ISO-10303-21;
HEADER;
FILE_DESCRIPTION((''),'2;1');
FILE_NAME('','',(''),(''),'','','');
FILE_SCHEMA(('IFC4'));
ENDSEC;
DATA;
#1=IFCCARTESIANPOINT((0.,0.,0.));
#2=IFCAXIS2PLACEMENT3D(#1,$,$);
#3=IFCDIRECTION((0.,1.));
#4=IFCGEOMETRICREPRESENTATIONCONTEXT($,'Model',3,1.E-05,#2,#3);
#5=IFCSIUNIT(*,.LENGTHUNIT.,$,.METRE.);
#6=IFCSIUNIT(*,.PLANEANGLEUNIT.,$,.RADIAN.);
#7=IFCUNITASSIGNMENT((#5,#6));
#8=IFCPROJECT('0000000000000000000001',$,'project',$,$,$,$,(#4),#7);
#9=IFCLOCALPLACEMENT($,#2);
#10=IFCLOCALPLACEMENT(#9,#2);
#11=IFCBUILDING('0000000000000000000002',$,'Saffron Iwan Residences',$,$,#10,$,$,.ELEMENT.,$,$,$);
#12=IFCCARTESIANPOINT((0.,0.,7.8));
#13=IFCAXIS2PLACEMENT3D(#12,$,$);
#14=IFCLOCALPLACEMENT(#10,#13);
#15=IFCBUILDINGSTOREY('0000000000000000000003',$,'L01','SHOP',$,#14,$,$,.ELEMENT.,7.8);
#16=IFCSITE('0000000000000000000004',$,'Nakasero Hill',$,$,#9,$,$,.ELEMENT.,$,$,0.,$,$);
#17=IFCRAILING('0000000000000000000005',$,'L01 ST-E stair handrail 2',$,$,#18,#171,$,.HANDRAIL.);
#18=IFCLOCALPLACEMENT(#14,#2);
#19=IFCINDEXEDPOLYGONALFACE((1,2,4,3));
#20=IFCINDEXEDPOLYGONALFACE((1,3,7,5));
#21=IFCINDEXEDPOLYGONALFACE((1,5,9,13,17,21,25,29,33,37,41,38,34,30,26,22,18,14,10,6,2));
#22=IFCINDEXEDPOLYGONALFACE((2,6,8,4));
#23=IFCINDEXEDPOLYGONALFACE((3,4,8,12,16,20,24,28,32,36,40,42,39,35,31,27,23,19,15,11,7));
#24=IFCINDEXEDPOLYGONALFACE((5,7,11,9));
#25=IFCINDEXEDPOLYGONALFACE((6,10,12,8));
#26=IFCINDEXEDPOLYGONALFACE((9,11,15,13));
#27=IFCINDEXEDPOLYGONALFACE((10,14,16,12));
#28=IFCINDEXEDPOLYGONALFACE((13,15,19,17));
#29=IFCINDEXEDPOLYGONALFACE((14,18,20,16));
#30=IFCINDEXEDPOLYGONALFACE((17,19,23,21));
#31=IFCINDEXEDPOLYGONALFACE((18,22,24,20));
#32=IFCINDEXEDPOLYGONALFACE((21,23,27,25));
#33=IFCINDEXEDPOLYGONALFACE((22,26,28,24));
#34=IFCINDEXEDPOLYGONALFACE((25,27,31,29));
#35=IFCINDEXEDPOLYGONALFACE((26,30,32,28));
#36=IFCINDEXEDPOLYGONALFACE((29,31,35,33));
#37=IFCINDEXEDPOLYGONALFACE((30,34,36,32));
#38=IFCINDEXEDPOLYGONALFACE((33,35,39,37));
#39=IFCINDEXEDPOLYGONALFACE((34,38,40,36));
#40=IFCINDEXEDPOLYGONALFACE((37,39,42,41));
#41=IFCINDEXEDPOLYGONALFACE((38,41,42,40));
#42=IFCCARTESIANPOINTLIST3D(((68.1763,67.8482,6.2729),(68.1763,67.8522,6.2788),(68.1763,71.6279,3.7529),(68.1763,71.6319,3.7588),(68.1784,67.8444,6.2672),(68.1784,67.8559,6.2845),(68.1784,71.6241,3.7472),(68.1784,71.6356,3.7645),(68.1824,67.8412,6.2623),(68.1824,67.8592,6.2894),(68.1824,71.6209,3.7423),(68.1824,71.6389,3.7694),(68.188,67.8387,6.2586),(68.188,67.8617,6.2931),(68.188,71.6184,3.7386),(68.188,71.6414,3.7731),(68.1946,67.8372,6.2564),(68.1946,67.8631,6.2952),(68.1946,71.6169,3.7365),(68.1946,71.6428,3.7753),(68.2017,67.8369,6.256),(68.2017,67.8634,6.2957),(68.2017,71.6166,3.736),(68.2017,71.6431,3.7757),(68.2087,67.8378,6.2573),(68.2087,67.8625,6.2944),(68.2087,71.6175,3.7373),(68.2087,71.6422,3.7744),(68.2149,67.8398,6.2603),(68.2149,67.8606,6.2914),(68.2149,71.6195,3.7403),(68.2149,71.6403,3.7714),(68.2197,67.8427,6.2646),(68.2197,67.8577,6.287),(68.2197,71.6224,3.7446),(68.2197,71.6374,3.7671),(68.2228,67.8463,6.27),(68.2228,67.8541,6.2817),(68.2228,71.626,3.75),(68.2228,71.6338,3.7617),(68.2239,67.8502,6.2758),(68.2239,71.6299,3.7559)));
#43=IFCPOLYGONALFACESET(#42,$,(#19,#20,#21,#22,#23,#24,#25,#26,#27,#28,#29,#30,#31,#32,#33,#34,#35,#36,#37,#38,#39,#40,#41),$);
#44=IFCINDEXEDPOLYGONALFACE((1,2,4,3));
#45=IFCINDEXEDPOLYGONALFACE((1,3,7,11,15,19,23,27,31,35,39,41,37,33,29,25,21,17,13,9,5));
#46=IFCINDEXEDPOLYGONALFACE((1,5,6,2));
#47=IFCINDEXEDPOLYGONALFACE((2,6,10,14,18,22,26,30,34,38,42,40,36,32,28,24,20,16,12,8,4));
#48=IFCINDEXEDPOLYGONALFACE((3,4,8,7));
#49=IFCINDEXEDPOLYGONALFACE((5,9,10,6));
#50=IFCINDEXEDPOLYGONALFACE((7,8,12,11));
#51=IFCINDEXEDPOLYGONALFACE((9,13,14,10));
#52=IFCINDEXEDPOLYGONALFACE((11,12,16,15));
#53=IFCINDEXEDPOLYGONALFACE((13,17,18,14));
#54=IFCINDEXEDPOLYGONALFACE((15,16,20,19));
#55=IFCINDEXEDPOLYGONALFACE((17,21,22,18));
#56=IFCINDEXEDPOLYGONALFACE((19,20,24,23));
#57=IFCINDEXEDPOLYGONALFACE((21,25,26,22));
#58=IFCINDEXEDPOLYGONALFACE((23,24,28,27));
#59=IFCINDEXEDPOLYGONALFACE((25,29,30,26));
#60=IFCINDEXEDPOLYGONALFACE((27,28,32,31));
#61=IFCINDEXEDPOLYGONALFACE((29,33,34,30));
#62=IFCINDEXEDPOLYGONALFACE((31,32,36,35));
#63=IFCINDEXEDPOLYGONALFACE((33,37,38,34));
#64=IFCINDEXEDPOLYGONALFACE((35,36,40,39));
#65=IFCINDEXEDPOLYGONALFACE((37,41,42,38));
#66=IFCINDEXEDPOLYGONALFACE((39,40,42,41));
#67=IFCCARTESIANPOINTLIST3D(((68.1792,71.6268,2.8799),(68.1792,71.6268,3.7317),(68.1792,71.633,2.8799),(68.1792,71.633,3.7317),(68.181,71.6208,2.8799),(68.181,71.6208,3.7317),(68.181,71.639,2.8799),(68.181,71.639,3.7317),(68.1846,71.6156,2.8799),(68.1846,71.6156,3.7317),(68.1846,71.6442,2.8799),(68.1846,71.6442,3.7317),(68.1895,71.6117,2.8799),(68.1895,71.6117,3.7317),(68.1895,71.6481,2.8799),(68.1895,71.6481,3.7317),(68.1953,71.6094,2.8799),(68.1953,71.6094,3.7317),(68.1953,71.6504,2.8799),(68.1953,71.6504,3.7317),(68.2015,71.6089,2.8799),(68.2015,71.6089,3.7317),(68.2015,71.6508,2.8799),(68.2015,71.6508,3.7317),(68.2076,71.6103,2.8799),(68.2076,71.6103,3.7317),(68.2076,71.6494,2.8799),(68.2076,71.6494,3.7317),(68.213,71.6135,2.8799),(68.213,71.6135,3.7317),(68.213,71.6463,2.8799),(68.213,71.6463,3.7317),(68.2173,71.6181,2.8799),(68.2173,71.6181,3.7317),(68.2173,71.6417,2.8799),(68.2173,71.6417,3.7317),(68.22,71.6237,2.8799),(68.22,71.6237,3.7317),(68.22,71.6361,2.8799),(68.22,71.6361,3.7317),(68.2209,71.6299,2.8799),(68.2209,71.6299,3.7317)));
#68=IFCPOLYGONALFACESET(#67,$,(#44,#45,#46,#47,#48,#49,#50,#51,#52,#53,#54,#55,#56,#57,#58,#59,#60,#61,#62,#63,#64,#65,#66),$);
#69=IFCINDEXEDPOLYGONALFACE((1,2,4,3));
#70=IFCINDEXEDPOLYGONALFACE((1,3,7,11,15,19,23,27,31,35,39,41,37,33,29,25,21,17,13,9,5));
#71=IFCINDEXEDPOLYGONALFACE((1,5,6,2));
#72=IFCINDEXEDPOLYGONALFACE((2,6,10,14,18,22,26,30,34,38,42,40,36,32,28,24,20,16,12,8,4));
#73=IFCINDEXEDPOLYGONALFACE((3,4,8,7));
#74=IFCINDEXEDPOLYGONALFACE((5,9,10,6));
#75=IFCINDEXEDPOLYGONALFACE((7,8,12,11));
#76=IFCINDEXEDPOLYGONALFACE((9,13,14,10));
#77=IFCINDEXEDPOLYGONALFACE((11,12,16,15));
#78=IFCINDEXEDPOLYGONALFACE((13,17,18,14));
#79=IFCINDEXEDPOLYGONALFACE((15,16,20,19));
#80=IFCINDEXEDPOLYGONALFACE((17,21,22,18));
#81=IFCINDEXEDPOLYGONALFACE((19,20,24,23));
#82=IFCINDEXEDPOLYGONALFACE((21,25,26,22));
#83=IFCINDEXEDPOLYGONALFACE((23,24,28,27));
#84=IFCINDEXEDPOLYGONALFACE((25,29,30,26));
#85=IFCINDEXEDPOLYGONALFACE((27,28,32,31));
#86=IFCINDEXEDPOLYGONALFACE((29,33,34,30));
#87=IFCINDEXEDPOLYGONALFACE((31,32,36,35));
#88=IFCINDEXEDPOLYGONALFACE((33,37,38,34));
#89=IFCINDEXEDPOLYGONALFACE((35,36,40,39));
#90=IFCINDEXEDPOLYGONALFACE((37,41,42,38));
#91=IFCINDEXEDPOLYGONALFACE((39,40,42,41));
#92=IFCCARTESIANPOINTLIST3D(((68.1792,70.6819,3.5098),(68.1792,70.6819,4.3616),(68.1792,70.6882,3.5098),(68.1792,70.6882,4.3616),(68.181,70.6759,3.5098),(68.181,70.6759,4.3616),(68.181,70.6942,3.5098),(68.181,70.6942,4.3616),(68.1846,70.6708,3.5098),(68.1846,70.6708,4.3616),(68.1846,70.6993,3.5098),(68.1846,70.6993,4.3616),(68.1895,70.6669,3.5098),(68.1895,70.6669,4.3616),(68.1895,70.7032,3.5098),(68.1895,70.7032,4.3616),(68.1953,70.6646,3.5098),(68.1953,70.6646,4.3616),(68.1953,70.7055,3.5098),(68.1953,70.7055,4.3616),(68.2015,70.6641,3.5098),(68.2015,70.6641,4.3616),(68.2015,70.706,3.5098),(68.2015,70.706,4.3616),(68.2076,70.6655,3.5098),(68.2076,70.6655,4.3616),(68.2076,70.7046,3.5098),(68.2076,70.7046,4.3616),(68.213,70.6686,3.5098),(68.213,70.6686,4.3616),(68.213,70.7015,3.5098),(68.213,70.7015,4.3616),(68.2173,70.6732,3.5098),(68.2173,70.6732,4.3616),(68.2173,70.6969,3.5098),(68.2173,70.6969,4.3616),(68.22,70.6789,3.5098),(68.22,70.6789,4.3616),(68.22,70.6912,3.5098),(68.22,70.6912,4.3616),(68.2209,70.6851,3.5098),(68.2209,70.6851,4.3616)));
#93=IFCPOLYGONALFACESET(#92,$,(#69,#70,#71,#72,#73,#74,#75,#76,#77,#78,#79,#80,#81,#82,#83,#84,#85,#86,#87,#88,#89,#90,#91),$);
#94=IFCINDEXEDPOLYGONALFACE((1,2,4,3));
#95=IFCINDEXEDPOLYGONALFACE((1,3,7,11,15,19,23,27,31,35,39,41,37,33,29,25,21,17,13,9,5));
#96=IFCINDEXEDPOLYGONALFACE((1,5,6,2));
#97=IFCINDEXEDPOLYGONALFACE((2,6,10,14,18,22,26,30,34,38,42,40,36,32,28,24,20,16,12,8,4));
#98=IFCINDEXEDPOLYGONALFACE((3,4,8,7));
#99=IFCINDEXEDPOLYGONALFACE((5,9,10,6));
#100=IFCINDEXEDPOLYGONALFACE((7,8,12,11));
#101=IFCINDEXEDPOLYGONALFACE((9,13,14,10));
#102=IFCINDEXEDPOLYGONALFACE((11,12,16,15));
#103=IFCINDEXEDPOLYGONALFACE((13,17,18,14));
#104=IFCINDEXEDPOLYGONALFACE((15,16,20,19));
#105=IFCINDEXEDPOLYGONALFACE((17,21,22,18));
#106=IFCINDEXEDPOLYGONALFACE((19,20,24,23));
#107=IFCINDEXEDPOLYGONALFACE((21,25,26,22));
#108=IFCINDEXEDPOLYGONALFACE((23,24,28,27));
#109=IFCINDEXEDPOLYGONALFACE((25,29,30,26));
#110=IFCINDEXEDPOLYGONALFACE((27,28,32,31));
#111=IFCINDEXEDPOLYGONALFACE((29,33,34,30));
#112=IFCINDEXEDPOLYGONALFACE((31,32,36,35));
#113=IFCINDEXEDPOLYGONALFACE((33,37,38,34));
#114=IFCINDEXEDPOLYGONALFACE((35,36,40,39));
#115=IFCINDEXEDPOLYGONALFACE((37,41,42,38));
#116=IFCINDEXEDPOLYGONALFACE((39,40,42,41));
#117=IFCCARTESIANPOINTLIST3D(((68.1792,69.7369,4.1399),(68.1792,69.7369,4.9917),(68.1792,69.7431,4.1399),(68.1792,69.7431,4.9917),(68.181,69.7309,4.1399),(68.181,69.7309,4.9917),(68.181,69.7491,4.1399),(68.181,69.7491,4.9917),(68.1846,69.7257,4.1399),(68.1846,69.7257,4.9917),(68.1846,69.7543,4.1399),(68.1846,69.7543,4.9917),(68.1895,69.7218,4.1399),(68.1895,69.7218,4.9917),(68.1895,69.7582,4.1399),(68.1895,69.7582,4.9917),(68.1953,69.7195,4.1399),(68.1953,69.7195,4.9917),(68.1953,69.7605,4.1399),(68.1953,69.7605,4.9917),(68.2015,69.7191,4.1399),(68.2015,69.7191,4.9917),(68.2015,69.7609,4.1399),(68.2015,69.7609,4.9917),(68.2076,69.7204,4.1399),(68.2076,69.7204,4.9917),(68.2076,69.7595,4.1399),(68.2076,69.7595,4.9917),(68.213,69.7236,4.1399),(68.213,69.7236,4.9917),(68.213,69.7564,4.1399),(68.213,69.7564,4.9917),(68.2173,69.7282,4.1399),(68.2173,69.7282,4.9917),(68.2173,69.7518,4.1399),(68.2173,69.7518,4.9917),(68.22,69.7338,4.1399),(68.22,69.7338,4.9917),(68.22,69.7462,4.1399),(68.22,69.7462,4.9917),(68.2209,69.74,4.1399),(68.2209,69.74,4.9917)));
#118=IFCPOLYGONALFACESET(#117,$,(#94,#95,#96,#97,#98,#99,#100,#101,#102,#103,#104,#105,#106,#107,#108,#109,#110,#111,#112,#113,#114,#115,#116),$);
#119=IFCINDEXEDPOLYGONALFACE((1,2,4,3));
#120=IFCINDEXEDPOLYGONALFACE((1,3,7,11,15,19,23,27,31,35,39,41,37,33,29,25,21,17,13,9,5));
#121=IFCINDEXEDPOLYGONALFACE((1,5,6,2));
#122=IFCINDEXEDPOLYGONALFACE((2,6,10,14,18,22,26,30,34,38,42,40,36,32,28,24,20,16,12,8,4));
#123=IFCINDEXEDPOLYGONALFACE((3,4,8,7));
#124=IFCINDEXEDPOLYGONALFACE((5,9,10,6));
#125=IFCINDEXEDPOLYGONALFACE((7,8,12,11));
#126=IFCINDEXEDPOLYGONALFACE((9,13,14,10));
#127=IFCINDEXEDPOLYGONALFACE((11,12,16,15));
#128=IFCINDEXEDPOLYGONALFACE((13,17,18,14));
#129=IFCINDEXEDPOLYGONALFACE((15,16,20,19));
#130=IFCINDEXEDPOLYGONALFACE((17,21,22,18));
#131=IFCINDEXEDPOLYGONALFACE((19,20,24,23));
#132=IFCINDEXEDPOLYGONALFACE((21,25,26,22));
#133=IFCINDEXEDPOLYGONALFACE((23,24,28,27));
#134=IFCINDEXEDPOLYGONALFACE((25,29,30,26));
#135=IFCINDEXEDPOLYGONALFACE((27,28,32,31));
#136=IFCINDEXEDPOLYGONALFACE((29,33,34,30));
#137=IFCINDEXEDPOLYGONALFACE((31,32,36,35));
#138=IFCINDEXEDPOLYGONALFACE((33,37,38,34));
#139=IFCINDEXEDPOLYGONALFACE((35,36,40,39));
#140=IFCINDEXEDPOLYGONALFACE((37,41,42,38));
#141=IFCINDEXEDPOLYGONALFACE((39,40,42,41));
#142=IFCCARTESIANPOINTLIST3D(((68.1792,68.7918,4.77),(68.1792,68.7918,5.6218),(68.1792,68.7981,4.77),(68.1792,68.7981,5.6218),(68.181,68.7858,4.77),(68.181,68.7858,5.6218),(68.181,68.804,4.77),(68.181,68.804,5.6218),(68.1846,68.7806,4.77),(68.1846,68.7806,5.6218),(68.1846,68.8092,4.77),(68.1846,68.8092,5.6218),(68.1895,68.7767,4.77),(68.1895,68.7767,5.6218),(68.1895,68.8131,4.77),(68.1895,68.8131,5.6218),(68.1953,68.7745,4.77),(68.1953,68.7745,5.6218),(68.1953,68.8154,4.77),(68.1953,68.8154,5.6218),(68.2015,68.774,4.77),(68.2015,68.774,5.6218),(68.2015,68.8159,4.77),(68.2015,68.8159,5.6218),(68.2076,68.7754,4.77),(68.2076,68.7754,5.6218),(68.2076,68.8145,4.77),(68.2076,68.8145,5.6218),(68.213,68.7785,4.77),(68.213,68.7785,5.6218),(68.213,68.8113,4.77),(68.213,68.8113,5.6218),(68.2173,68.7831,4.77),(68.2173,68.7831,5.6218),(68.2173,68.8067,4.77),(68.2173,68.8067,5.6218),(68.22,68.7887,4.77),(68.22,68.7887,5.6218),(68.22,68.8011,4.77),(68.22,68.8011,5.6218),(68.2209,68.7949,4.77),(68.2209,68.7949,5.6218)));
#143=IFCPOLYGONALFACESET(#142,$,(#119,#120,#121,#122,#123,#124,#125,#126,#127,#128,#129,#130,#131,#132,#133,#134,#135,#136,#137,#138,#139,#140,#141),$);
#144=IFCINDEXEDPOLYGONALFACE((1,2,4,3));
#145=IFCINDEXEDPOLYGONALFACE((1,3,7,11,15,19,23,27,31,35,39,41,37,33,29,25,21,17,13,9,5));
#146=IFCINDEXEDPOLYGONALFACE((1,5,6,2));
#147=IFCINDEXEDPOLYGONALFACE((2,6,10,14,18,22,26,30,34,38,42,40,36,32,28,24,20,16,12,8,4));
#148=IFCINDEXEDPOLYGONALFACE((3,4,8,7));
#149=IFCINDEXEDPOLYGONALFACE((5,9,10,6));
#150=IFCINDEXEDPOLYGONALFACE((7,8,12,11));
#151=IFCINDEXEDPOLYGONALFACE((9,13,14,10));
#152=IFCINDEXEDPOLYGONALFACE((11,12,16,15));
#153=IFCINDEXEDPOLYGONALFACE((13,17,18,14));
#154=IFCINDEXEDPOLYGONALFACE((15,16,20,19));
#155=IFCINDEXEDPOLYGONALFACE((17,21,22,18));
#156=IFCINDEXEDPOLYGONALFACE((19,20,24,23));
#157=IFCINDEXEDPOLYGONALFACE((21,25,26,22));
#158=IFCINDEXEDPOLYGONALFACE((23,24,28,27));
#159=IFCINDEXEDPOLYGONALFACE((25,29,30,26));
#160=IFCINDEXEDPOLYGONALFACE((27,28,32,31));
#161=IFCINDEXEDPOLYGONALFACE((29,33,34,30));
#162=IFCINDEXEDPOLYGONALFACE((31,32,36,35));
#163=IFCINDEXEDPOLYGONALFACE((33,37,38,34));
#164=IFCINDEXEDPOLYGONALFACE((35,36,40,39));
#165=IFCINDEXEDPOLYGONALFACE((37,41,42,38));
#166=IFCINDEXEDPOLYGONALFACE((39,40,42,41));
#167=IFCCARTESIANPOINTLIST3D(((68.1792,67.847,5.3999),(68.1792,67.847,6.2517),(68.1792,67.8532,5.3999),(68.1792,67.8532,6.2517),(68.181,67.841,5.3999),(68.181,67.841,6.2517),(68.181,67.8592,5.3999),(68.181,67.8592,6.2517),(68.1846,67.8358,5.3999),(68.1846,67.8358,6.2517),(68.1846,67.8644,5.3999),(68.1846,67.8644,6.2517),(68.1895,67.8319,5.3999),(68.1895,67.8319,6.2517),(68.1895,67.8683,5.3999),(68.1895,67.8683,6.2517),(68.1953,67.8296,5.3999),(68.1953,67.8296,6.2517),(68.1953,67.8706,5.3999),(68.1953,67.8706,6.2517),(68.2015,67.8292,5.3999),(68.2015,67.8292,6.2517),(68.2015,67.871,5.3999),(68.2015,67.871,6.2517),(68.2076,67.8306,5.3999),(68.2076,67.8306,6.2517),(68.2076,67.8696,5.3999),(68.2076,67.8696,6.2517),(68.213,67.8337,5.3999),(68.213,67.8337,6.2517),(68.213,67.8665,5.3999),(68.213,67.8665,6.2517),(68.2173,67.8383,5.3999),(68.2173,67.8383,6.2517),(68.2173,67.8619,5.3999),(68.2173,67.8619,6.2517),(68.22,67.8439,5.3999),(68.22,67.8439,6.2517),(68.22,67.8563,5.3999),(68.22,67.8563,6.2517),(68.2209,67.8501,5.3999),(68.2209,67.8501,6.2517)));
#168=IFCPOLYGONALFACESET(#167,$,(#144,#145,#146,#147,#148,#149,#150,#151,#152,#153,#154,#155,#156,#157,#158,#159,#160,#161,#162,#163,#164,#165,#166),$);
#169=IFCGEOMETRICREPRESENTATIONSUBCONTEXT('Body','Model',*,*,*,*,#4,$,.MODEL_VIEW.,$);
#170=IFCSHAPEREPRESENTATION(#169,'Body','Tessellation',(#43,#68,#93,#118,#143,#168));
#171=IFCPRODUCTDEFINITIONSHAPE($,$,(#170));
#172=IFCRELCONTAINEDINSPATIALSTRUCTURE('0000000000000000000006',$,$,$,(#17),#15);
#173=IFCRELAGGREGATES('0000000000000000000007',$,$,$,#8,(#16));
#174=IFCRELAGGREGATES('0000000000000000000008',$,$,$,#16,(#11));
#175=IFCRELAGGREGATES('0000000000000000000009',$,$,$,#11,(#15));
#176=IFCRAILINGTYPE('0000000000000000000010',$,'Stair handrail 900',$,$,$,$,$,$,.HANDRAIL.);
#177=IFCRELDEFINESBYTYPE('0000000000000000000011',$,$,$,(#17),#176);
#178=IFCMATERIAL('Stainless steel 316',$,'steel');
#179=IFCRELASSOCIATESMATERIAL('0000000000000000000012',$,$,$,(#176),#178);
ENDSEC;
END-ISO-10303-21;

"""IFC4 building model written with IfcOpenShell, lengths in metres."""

from ifc_helpers import new_model, si_unit, direction, frame, origin, origin_2d, place, context, subcontext, project, spatial, circle, extrude, material, type_object, element, save


model = new_model("IFC4")

# Units and contexts
model_context = context("Model", 3, precision=1e-05, world=origin(), true_north=direction((0.0, 1.0)))
body_context = subcontext(model_context, "Body", "Model", "MODEL_VIEW")
ifc_project = project(units=[si_unit("LENGTHUNIT", "METRE"), si_unit("PLANEANGLEUNIT", "RADIAN")], contexts=[model_context])

# Site, building, storey
site_placement = place(None, origin())
site = spatial("IfcSite", under=ifc_project, at=site_placement, Name="Nakasero Hill", CompositionType="ELEMENT", RefElevation=0.0)
building_placement = place(site_placement, origin())
building = spatial("IfcBuilding", under=site, at=building_placement, Name="Saffron Iwan Residences", CompositionType="ELEMENT")
storey_placement = place(building_placement, frame((0.0, 0.0, 7.8)))
storey = spatial("IfcBuildingStorey", under=building, at=storey_placement, Name="L01", Description="SHOP", CompositionType="ELEMENT", Elevation=7.8)

# Railing
ifc_material_1 = material(Name="Stainless steel 316", Category="steel")
railing_type_1 = type_object("IfcRailingType", Name="Stair handrail 900", PredefinedType="HANDRAIL", material=ifc_material_1)
railing_1_placement = place(storey_placement, frame((68.2, 71.6299, 2.8799)))
element("IfcRailing", 1, at=railing_1_placement, inside=storey, type_object=railing_type_1, Name="L01 ST-E stair handrail 2", PredefinedType="HANDRAIL", context=body_context, shape_type="SweptSolid", body=[
    extrude(circle(Radius=0.0239, at=origin_2d()), frame((0.0, 0.0, 0.876), z_axis=(0.0, -0.832034, 0.554725), x_axis=(1.0, 0.0, 0.0)), (0.0, 0.0, 1.0), 4.5427),
    extrude(circle(Radius=0.021, at=origin_2d()), origin(), (0.0, 0.0, 1.0), 0.8518),
    extrude(circle(Radius=0.021, at=origin_2d()), frame((0.0, -0.9448, 0.6299)), (0.0, 0.0, 1.0), 0.8518),
    extrude(circle(Radius=0.021, at=origin_2d()), frame((0.0, -1.8899, 1.26)), (0.0, 0.0, 1.0), 0.8518),
    extrude(circle(Radius=0.021, at=origin_2d()), frame((0.0, -2.835, 1.8901)), (0.0, 0.0, 1.0), 0.8518),
    extrude(circle(Radius=0.021, at=origin_2d()), frame((0.0, -3.7798, 2.52)), (0.0, 0.0, 1.0), 0.8518),
])

save(model, "model.ifc")
